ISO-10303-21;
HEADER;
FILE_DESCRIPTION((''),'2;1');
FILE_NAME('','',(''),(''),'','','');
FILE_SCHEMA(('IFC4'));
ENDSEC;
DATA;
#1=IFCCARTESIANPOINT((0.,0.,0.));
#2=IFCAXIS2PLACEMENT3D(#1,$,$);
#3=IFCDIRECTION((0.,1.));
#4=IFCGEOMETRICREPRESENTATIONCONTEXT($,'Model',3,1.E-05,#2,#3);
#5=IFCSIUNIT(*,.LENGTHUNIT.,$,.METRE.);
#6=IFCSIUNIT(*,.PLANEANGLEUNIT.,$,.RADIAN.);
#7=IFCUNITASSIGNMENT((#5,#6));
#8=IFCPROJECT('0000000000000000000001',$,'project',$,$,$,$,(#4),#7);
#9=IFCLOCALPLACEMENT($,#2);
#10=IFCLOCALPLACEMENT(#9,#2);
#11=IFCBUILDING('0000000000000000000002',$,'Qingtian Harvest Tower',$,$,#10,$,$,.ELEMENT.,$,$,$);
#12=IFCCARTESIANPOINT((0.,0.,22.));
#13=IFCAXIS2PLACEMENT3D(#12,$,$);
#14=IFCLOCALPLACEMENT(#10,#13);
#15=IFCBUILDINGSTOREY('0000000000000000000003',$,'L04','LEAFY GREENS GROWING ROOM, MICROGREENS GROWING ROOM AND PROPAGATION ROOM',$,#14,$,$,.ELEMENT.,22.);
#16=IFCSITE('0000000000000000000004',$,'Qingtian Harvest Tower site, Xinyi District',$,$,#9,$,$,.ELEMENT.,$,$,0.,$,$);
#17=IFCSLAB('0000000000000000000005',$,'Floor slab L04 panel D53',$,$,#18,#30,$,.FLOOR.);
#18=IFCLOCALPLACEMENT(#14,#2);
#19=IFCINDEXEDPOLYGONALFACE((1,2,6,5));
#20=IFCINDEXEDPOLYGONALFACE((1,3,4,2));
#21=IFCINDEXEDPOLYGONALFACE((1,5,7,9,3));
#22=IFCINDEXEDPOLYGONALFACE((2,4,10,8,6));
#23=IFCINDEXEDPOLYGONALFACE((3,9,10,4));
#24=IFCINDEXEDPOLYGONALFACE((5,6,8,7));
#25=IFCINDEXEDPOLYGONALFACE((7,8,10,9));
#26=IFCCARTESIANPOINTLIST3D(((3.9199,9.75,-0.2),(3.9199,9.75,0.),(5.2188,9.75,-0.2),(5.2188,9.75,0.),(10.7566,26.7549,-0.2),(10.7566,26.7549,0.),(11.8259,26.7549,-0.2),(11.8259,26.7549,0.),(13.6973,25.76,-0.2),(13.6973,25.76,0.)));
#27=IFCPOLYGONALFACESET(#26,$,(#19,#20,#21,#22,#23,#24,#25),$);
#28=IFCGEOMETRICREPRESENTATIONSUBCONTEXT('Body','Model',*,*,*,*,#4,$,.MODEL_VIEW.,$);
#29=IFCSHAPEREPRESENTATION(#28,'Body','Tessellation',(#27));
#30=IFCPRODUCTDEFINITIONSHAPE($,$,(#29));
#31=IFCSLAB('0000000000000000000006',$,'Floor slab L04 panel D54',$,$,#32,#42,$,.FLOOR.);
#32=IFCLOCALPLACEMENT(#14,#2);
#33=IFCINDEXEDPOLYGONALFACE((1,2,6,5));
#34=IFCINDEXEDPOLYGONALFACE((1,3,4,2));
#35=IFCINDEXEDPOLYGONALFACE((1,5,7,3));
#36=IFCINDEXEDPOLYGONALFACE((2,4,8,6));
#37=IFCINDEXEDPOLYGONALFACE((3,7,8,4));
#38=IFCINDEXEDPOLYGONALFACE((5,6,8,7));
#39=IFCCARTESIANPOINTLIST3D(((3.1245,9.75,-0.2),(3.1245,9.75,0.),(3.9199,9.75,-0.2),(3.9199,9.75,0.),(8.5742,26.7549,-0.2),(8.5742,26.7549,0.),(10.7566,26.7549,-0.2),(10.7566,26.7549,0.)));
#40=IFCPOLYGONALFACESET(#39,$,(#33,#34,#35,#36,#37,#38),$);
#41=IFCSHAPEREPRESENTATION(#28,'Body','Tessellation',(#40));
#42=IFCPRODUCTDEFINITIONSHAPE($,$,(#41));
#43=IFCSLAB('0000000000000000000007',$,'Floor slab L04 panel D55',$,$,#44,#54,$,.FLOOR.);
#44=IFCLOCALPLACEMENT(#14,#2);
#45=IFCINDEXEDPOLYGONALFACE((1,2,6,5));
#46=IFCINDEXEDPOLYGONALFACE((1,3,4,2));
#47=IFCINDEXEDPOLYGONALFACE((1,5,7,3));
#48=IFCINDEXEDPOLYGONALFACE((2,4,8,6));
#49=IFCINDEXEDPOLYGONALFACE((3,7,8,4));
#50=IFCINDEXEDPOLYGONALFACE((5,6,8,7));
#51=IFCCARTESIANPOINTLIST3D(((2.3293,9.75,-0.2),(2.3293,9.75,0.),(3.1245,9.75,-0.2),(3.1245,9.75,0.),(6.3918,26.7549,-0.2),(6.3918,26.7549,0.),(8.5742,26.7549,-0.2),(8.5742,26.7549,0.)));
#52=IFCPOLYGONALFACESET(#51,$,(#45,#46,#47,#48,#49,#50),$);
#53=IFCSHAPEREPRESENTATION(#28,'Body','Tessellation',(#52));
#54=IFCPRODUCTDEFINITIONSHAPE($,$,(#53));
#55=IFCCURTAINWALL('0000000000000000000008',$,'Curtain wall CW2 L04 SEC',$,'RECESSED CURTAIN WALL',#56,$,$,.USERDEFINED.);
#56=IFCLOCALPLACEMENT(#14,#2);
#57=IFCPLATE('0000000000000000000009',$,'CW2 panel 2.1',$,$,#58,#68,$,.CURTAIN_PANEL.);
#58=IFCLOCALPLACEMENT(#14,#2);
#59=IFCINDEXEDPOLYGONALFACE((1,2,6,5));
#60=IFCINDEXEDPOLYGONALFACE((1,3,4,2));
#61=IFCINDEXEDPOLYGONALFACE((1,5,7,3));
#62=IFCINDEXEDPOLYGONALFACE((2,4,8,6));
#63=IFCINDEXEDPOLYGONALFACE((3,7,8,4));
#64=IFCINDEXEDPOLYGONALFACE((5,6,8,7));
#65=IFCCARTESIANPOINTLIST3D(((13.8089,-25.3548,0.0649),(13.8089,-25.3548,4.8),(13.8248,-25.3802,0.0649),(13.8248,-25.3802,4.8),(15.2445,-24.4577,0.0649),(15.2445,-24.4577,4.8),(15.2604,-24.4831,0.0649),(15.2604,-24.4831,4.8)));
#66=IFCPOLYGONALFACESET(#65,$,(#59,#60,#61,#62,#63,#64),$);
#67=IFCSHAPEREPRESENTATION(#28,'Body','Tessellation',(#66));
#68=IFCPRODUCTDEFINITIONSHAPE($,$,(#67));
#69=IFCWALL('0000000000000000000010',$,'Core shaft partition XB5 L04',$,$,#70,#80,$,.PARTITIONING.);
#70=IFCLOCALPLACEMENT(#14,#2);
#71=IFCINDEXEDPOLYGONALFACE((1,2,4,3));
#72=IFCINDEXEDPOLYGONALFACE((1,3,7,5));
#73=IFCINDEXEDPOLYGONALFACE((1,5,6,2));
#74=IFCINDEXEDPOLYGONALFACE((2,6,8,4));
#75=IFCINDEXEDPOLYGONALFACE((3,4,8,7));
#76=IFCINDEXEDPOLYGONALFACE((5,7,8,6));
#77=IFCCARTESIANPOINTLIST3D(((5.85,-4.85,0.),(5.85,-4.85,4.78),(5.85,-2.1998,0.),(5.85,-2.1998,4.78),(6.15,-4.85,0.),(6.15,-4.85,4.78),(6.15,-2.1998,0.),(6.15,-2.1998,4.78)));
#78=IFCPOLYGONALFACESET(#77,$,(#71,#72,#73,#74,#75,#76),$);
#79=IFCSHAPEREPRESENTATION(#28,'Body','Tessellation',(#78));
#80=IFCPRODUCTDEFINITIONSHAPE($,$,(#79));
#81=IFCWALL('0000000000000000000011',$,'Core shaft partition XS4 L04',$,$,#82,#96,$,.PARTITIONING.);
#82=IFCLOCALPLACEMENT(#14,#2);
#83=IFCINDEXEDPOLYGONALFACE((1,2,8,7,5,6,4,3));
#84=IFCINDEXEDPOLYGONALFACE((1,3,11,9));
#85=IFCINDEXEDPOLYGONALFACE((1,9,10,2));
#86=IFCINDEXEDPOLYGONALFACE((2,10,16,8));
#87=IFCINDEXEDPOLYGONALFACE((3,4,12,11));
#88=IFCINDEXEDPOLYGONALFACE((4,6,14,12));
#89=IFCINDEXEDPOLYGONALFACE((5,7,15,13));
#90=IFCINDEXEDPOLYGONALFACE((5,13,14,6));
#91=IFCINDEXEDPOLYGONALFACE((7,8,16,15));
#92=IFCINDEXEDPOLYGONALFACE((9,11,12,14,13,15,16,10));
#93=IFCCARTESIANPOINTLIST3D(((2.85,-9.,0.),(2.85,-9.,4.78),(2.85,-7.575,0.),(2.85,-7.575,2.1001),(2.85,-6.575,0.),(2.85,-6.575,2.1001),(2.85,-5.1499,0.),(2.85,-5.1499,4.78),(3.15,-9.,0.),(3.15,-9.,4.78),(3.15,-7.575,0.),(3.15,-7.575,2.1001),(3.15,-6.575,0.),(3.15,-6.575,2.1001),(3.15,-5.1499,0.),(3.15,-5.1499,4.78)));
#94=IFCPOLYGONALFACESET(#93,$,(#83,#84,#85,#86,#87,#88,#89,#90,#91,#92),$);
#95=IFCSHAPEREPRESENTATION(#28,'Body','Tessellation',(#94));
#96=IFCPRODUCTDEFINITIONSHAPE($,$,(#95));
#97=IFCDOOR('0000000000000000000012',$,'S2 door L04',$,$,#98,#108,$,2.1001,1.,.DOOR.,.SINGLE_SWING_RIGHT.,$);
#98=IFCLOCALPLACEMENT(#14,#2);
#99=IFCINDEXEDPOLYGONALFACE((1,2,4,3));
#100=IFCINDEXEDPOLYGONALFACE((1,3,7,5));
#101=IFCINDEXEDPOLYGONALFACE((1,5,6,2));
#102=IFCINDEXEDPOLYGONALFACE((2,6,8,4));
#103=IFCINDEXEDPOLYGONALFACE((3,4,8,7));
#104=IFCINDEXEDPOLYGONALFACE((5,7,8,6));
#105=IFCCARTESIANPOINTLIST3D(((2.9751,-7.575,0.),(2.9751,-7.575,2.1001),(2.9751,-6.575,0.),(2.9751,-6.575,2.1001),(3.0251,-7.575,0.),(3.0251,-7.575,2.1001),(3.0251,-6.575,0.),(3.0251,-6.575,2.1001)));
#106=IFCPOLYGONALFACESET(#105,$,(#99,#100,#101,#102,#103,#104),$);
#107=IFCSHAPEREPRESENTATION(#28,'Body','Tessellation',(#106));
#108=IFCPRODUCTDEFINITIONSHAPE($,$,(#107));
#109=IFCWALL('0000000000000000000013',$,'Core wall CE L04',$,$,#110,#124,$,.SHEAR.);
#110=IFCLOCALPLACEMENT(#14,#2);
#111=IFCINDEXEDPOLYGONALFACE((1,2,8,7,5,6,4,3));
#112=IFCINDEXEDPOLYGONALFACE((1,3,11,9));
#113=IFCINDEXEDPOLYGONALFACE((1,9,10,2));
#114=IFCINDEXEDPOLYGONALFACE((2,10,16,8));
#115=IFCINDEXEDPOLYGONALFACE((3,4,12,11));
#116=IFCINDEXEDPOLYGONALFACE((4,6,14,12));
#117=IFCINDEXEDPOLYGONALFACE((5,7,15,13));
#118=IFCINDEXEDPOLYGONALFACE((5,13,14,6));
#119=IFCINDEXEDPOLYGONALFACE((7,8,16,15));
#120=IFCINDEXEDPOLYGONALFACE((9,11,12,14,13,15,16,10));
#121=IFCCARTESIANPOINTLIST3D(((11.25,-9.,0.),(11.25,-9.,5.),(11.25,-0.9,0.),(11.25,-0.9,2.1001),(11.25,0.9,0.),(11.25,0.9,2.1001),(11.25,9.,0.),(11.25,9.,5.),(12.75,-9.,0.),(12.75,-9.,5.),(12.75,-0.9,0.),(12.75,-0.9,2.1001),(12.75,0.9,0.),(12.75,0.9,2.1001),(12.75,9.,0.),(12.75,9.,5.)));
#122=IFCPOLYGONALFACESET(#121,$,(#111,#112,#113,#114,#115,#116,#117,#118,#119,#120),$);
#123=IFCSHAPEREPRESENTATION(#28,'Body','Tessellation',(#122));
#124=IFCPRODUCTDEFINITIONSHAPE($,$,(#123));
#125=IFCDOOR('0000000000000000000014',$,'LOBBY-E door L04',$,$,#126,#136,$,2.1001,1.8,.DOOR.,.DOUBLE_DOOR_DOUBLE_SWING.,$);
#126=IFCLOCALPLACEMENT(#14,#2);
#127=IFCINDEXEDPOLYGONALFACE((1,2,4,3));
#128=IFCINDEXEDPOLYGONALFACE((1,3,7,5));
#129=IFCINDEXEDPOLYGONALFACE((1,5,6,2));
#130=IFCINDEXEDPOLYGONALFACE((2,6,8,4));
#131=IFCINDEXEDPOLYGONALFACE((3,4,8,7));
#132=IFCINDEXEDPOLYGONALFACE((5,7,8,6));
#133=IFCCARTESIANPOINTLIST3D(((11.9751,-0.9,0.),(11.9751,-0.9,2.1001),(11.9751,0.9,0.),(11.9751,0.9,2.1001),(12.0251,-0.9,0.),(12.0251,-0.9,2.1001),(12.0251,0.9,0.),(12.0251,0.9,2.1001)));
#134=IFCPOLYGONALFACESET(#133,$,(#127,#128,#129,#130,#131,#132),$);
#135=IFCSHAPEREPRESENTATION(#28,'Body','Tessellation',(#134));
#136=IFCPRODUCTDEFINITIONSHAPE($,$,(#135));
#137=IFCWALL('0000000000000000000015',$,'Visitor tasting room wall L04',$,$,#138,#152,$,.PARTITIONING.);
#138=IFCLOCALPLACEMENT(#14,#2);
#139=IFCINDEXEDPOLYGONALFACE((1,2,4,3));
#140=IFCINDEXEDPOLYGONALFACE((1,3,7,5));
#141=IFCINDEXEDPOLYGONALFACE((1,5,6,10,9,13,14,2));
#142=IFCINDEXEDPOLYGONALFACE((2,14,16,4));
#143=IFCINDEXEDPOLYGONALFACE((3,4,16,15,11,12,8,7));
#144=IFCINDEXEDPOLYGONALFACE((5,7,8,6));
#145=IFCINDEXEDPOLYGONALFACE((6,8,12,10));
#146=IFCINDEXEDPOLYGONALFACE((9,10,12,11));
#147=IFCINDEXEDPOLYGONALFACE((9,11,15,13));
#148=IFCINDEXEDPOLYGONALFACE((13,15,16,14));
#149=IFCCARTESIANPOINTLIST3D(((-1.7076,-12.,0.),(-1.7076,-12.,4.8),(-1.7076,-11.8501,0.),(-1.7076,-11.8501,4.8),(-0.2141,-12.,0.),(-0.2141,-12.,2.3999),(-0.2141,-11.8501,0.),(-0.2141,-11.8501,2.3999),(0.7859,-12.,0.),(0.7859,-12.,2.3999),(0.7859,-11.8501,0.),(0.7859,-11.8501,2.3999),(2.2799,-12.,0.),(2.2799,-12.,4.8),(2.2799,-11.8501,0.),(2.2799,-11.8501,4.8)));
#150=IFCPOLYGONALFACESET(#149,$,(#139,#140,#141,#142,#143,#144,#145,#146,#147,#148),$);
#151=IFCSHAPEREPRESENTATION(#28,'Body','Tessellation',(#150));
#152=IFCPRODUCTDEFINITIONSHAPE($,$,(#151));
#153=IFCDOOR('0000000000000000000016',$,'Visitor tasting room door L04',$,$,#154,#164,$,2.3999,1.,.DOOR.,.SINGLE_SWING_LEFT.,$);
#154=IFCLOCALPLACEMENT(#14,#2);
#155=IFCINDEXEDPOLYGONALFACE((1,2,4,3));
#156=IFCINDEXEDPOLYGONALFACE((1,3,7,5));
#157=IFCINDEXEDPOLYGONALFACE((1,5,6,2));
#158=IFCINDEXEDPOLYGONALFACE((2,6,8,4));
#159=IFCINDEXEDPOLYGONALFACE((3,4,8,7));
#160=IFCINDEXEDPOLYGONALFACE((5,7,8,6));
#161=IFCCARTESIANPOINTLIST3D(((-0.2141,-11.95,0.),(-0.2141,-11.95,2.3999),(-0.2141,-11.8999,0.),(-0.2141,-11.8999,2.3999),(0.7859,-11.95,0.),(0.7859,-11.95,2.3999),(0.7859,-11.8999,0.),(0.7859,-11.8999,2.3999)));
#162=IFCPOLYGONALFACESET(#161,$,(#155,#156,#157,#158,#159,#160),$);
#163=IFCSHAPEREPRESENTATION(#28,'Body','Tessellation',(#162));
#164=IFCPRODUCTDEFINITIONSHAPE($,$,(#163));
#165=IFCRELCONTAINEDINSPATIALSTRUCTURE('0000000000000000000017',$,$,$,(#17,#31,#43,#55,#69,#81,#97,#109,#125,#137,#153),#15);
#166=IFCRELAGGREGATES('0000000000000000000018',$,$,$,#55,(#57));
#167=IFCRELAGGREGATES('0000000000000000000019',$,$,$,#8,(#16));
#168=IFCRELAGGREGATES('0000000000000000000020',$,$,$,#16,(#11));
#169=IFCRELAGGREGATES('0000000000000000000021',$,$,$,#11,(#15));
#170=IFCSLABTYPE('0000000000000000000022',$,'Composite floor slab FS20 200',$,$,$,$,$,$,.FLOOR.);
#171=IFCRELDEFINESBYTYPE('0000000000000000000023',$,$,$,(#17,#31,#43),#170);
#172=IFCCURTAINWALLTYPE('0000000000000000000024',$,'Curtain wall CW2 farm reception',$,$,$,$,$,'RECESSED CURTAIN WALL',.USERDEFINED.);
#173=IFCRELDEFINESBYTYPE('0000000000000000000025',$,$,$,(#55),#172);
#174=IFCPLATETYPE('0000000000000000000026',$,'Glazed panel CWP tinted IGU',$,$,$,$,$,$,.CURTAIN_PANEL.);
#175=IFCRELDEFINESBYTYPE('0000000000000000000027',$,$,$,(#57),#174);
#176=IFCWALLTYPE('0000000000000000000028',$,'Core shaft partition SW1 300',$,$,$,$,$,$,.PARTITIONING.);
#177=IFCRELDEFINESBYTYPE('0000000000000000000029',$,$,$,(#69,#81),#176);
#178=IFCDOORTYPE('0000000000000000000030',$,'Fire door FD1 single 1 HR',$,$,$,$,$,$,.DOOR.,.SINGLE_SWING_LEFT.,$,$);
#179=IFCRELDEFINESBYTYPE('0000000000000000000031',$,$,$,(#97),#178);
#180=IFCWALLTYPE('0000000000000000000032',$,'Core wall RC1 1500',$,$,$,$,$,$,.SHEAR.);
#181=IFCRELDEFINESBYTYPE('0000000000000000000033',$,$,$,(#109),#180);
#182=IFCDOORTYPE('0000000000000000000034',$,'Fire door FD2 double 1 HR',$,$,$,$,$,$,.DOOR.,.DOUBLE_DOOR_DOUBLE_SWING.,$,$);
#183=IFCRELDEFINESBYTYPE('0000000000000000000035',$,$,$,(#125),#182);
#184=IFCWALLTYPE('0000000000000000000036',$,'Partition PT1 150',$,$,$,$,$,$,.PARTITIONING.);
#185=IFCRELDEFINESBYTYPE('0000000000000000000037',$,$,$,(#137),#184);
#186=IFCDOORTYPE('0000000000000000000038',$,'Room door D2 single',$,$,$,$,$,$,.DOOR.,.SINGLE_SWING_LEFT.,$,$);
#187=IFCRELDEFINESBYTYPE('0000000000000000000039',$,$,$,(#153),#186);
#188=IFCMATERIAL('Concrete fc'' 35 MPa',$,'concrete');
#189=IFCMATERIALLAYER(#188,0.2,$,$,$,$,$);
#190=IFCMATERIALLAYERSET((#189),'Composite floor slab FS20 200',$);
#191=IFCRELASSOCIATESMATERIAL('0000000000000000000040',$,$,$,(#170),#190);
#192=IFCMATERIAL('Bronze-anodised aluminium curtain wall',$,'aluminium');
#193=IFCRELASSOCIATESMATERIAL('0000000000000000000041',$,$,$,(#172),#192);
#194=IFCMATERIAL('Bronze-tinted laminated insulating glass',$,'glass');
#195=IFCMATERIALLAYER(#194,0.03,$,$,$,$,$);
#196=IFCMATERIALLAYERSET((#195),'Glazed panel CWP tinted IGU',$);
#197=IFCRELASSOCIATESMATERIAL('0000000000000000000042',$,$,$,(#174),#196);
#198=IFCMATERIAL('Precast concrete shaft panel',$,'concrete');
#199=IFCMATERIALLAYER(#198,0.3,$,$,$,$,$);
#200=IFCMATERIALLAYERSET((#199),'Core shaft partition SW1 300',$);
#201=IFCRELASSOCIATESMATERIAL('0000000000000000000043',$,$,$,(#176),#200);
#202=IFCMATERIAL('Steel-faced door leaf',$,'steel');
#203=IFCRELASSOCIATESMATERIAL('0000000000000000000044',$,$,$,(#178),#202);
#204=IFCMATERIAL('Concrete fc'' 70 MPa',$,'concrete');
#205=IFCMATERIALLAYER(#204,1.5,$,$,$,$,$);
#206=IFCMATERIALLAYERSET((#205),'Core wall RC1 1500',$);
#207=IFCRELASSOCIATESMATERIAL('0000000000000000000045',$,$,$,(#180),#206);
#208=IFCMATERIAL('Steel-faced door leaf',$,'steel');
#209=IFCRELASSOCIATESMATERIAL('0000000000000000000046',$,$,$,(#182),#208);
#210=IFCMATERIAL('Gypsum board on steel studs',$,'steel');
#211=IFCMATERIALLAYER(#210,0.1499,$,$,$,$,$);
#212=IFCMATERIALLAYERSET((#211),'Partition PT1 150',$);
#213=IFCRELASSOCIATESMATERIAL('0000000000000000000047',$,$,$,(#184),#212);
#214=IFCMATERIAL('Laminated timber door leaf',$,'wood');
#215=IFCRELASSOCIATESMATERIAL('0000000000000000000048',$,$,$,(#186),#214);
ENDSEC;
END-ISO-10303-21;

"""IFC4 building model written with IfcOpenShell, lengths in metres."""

from ifc_helpers import new_model, si_unit, direction, frame, frame_2d, origin, origin_2d, place, context, subcontext, project, spatial, polyline, rectangle, outline, extrude, material, layer, layer_set, type_object, element, fill, aggregate, save


model = new_model("IFC4")

# Units and contexts
model_context = context("Model", 3, precision=1e-05, world=origin(), true_north=direction((0.0, 1.0)))
body_context = subcontext(model_context, "Body", "Model", "MODEL_VIEW")
ifc_project = project(units=[si_unit("LENGTHUNIT", "METRE"), si_unit("PLANEANGLEUNIT", "RADIAN")], contexts=[model_context])

# Site, building, storey
site_placement = place(None, origin())
site = spatial("IfcSite", under=ifc_project, at=site_placement, Name="Qingtian Harvest Tower site, Xinyi District", CompositionType="ELEMENT", RefElevation=0.0)
building_placement = place(site_placement, origin())
building = spatial("IfcBuilding", under=site, at=building_placement, Name="Qingtian Harvest Tower", CompositionType="ELEMENT")
storey_placement = place(building_placement, frame((0.0, 0.0, 22.0)))
storey = spatial("IfcBuildingStorey", under=building, at=storey_placement, Name="L04", Description="LEAFY GREENS GROWING ROOM, MICROGREENS GROWING ROOM AND PROPAGATION ROOM", CompositionType="ELEMENT", Elevation=22.0)

# Slabs
ifc_material_1 = material(Name="Concrete fc' 35 MPa", Category="concrete")
ifc_layer_1 = layer(ifc_material_1, 0.2)
ifc_layer_set_1 = layer_set([ifc_layer_1], Name="Composite floor slab FS20 200")
slab_type = type_object("IfcSlabType", Name="Composite floor slab FS20 200", PredefinedType="FLOOR", material=ifc_layer_set_1)
slab_1_placement = place(storey_placement, frame((0.0, 0.0, -0.2)))
element("IfcSlab", 1, at=slab_1_placement, inside=storey, type_object=slab_type, Name="Floor slab L04 panel D53", PredefinedType="FLOOR", context=body_context, shape_type="SweptSolid", body=[
    extrude(outline(polyline([(3.9199, 9.75), (10.7566, 26.7549), (11.8259, 26.7549), (13.6973, 25.76), (5.2188, 9.75), (3.9199, 9.75)])), origin(), (0.0, 0.0, 1.0), 0.2),
])
slab_2_placement = place(storey_placement, frame((0.0, 0.0, -0.2)))
element("IfcSlab", 2, at=slab_2_placement, inside=storey, type_object=slab_type, Name="Floor slab L04 panel D54", PredefinedType="FLOOR", context=body_context, shape_type="SweptSolid", body=[
    extrude(outline(polyline([(3.1245, 9.75), (8.5742, 26.7549), (10.7566, 26.7549), (3.9199, 9.75), (3.1245, 9.75)])), origin(), (0.0, 0.0, 1.0), 0.2),
])
slab_3_placement = place(storey_placement, frame((0.0, 0.0, -0.2)))
element("IfcSlab", 3, at=slab_3_placement, inside=storey, type_object=slab_type, Name="Floor slab L04 panel D55", PredefinedType="FLOOR", context=body_context, shape_type="SweptSolid", body=[
    extrude(outline(polyline([(2.3293, 9.75), (6.3918, 26.7549), (8.5742, 26.7549), (3.1245, 9.75), (2.3293, 9.75)])), origin(), (0.0, 0.0, 1.0), 0.2),
])

# Curtain wall, plate
ifc_material_2 = material(Name="Bronze-anodised aluminium curtain wall", Category="aluminium")
curtain_wall_type = type_object("IfcCurtainWallType", Name="Curtain wall CW2 farm reception", ElementType="RECESSED CURTAIN WALL", PredefinedType="USERDEFINED", material=ifc_material_2)
curtain_wall_placement = place(storey_placement, origin())
curtain_wall = element("IfcCurtainWall", 4, at=curtain_wall_placement, inside=storey, type_object=curtain_wall_type, Name="Curtain wall CW2 L04 SEC", ObjectType="RECESSED CURTAIN WALL", PredefinedType="USERDEFINED")
ifc_material_3 = material(Name="Bronze-tinted laminated insulating glass", Category="glass")
ifc_layer_2 = layer(ifc_material_3, 0.03)
ifc_layer_set_2 = layer_set([ifc_layer_2], Name="Glazed panel CWP tinted IGU")
plate_type = type_object("IfcPlateType", Name="Glazed panel CWP tinted IGU", PredefinedType="CURTAIN_PANEL", material=ifc_layer_set_2)
plate_placement = place(storey_placement, frame((14.5347, -24.9189, 0.0649), z_axis=(0.0, 0.0, 1.0), x_axis=(-0.848048, -0.529919, 0.0)))
plate = element("IfcPlate", 5, at=plate_placement, type_object=plate_type, Name="CW2 panel 2.1", PredefinedType="CURTAIN_PANEL", context=body_context, shape_type="SweptSolid", body=[
    extrude(rectangle(XDim=1.6929, YDim=0.03, at=origin_2d()), origin(), (0.0, 0.0, 1.0), 4.7351),
])
aggregate(curtain_wall, [plate])

# Wall
ifc_material_4 = material(Name="Precast concrete shaft panel", Category="concrete")
ifc_layer_3 = layer(ifc_material_4, 0.3)
ifc_layer_set_3 = layer_set([ifc_layer_3], Name="Core shaft partition SW1 300")
wall_type_1 = type_object("IfcWallType", Name="Core shaft partition SW1 300", PredefinedType="PARTITIONING", material=ifc_layer_set_3)
wall_1_placement = place(storey_placement, frame((6.0, -4.8501, 0.0), z_axis=(0.0, 0.0, 1.0), x_axis=(0.0, 1.0, 0.0)))
element("IfcWall", 6, at=wall_1_placement, inside=storey, type_object=wall_type_1, Name="Core shaft partition XB5 L04", PredefinedType="PARTITIONING", context=body_context, shape_type="SweptSolid", body=[
    extrude(rectangle(XDim=2.6501, YDim=0.3, at=frame_2d((1.3252, 0.0))), origin(), (0.0, 0.0, 1.0), 4.78),
])

# Walls, openings, doors
wall_2_placement = place(storey_placement, frame((3.0, -9.0, 0.0), z_axis=(0.0, 0.0, 1.0), x_axis=(0.0, 1.0, 0.0)))
wall_2 = element("IfcWall", 7, at=wall_2_placement, inside=storey, type_object=wall_type_1, Name="Core shaft partition XS4 L04", PredefinedType="PARTITIONING", context=body_context, shape_type="SweptSolid", body=[
    extrude(rectangle(XDim=3.8501, YDim=0.3, at=frame_2d((1.925, 0.0))), origin(), (0.0, 0.0, 1.0), 4.78),
])
opening_1_placement = place(wall_2_placement, frame((1.425, 0.0, 0.0)))
opening_1 = element("IfcOpeningElement", 8, at=opening_1_placement, cuts=wall_2, PredefinedType="OPENING", context=body_context, shape_type="SweptSolid", body=[
    extrude(rectangle(XDim=1.0, YDim=2.1001, at=frame_2d((0.5, 1.05))), frame((0.0, 0.1599, 0.0), z_axis=(0.0, -1.0, 0.0), x_axis=(1.0, 0.0, 0.0)), (0.0, 0.0, 1.0), 0.3201),
])
ifc_material_5 = material(Name="Steel-faced door leaf", Category="steel")
door_type_1 = type_object("IfcDoorType", Name="Fire door FD1 single 1 HR", OperationType="SINGLE_SWING_LEFT", PredefinedType="DOOR", material=ifc_material_5)
door_1_placement = place(opening_1_placement, origin())
door_1 = element("IfcDoor", 9, at=door_1_placement, inside=storey, type_object=door_type_1, Name="S2 door L04", OperationType="SINGLE_SWING_RIGHT", OverallHeight=2.1001, OverallWidth=1.0, PredefinedType="DOOR", context=body_context, shape_type="SweptSolid", body=[
    extrude(rectangle(XDim=1.0, YDim=2.1001, at=frame_2d((0.5, 1.05))), frame((0.0, 0.0249, 0.0), z_axis=(0.0, -1.0, 0.0), x_axis=(1.0, 0.0, 0.0)), (0.0, 0.0, 1.0), 0.05),
])
fill(opening_1, door_1)
ifc_material_6 = material(Name="Concrete fc' 70 MPa", Category="concrete")
ifc_layer_4 = layer(ifc_material_6, 1.5)
ifc_layer_set_4 = layer_set([ifc_layer_4], Name="Core wall RC1 1500")
wall_type_2 = type_object("IfcWallType", Name="Core wall RC1 1500", PredefinedType="SHEAR", material=ifc_layer_set_4)
wall_3_placement = place(storey_placement, frame((12.0, -9.0, 0.0), z_axis=(0.0, 0.0, 1.0), x_axis=(0.0, 1.0, 0.0)))
wall_3 = element("IfcWall", 10, at=wall_3_placement, inside=storey, type_object=wall_type_2, Name="Core wall CE L04", PredefinedType="SHEAR", context=body_context, shape_type="SweptSolid", body=[
    extrude(rectangle(XDim=18.0, YDim=1.5, at=frame_2d((9.0, 0.0))), origin(), (0.0, 0.0, 1.0), 5.0),
])
opening_2_placement = place(wall_3_placement, frame((8.1001, 0.0, 0.0)))
opening_2 = element("IfcOpeningElement", 11, at=opening_2_placement, cuts=wall_3, PredefinedType="OPENING", context=body_context, shape_type="SweptSolid", body=[
    extrude(rectangle(XDim=1.8, YDim=2.1001, at=frame_2d((0.8999, 1.05))), frame((0.0, 0.76, 0.0), z_axis=(0.0, -1.0, 0.0), x_axis=(1.0, 0.0, 0.0)), (0.0, 0.0, 1.0), 1.52),
])
ifc_material_7 = material(Name="Steel-faced door leaf", Category="steel")
door_type_2 = type_object("IfcDoorType", Name="Fire door FD2 double 1 HR", OperationType="DOUBLE_DOOR_DOUBLE_SWING", PredefinedType="DOOR", material=ifc_material_7)
door_2_placement = place(opening_2_placement, origin())
door_2 = element("IfcDoor", 12, at=door_2_placement, inside=storey, type_object=door_type_2, Name="LOBBY-E door L04", OperationType="DOUBLE_DOOR_DOUBLE_SWING", OverallHeight=2.1001, OverallWidth=1.8, PredefinedType="DOOR", context=body_context, shape_type="SweptSolid", body=[
    extrude(rectangle(XDim=1.8, YDim=2.1001, at=frame_2d((0.8999, 1.05))), frame((0.0, 0.0249, 0.0), z_axis=(0.0, -1.0, 0.0), x_axis=(1.0, 0.0, 0.0)), (0.0, 0.0, 1.0), 0.05),
])
fill(opening_2, door_2)
ifc_material_8 = material(Name="Gypsum board on steel studs", Category="steel")
ifc_layer_5 = layer(ifc_material_8, 0.1499)
ifc_layer_set_5 = layer_set([ifc_layer_5], Name="Partition PT1 150")
wall_type_3 = type_object("IfcWallType", Name="Partition PT1 150", PredefinedType="PARTITIONING", material=ifc_layer_set_5)
ifc_material_9 = material(Name="Laminated timber door leaf", Category="wood")
door_type_3 = type_object("IfcDoorType", Name="Room door D2 single", OperationType="SINGLE_SWING_LEFT", PredefinedType="DOOR", material=ifc_material_9)
wall_4_placement = place(storey_placement, frame((2.2798, -11.925, 0.0), z_axis=(0.0, 0.0, 1.0), x_axis=(-1.0, 0.0, 0.0)))
wall_4 = element("IfcWall", 13, at=wall_4_placement, inside=storey, type_object=wall_type_3, Name="Visitor tasting room wall L04", PredefinedType="PARTITIONING", context=body_context, shape_type="SweptSolid", body=[
    extrude(rectangle(XDim=3.9875, YDim=0.1499, at=frame_2d((1.9937, 0.0))), origin(), (0.0, 0.0, 1.0), 4.8),
])
opening_3_placement = place(wall_4_placement, frame((1.4939, 0.0, 0.0)))
opening_3 = element("IfcOpeningElement", 14, at=opening_3_placement, cuts=wall_4, PredefinedType="OPENING", context=body_context, shape_type="SweptSolid", body=[
    extrude(rectangle(XDim=1.0, YDim=2.3999, at=frame_2d((0.5, 1.2))), frame((0.0, 0.085, 0.0), z_axis=(0.0, -1.0, 0.0), x_axis=(1.0, 0.0, 0.0)), (0.0, 0.0, 1.0), 0.1699),
])
door_3_placement = place(opening_3_placement, origin())
door_3 = element("IfcDoor", 15, at=door_3_placement, inside=storey, type_object=door_type_3, Name="Visitor tasting room door L04", OperationType="SINGLE_SWING_LEFT", OverallHeight=2.3999, OverallWidth=1.0, PredefinedType="DOOR", context=body_context, shape_type="SweptSolid", body=[
    extrude(rectangle(XDim=1.0, YDim=2.3999, at=frame_2d((0.5, 1.2))), frame((0.0, 0.0249, 0.0), z_axis=(0.0, -1.0, 0.0), x_axis=(1.0, 0.0, 0.0)), (0.0, 0.0, 1.0), 0.05),
])
fill(opening_3, door_3)

save(model, "model.ifc")
